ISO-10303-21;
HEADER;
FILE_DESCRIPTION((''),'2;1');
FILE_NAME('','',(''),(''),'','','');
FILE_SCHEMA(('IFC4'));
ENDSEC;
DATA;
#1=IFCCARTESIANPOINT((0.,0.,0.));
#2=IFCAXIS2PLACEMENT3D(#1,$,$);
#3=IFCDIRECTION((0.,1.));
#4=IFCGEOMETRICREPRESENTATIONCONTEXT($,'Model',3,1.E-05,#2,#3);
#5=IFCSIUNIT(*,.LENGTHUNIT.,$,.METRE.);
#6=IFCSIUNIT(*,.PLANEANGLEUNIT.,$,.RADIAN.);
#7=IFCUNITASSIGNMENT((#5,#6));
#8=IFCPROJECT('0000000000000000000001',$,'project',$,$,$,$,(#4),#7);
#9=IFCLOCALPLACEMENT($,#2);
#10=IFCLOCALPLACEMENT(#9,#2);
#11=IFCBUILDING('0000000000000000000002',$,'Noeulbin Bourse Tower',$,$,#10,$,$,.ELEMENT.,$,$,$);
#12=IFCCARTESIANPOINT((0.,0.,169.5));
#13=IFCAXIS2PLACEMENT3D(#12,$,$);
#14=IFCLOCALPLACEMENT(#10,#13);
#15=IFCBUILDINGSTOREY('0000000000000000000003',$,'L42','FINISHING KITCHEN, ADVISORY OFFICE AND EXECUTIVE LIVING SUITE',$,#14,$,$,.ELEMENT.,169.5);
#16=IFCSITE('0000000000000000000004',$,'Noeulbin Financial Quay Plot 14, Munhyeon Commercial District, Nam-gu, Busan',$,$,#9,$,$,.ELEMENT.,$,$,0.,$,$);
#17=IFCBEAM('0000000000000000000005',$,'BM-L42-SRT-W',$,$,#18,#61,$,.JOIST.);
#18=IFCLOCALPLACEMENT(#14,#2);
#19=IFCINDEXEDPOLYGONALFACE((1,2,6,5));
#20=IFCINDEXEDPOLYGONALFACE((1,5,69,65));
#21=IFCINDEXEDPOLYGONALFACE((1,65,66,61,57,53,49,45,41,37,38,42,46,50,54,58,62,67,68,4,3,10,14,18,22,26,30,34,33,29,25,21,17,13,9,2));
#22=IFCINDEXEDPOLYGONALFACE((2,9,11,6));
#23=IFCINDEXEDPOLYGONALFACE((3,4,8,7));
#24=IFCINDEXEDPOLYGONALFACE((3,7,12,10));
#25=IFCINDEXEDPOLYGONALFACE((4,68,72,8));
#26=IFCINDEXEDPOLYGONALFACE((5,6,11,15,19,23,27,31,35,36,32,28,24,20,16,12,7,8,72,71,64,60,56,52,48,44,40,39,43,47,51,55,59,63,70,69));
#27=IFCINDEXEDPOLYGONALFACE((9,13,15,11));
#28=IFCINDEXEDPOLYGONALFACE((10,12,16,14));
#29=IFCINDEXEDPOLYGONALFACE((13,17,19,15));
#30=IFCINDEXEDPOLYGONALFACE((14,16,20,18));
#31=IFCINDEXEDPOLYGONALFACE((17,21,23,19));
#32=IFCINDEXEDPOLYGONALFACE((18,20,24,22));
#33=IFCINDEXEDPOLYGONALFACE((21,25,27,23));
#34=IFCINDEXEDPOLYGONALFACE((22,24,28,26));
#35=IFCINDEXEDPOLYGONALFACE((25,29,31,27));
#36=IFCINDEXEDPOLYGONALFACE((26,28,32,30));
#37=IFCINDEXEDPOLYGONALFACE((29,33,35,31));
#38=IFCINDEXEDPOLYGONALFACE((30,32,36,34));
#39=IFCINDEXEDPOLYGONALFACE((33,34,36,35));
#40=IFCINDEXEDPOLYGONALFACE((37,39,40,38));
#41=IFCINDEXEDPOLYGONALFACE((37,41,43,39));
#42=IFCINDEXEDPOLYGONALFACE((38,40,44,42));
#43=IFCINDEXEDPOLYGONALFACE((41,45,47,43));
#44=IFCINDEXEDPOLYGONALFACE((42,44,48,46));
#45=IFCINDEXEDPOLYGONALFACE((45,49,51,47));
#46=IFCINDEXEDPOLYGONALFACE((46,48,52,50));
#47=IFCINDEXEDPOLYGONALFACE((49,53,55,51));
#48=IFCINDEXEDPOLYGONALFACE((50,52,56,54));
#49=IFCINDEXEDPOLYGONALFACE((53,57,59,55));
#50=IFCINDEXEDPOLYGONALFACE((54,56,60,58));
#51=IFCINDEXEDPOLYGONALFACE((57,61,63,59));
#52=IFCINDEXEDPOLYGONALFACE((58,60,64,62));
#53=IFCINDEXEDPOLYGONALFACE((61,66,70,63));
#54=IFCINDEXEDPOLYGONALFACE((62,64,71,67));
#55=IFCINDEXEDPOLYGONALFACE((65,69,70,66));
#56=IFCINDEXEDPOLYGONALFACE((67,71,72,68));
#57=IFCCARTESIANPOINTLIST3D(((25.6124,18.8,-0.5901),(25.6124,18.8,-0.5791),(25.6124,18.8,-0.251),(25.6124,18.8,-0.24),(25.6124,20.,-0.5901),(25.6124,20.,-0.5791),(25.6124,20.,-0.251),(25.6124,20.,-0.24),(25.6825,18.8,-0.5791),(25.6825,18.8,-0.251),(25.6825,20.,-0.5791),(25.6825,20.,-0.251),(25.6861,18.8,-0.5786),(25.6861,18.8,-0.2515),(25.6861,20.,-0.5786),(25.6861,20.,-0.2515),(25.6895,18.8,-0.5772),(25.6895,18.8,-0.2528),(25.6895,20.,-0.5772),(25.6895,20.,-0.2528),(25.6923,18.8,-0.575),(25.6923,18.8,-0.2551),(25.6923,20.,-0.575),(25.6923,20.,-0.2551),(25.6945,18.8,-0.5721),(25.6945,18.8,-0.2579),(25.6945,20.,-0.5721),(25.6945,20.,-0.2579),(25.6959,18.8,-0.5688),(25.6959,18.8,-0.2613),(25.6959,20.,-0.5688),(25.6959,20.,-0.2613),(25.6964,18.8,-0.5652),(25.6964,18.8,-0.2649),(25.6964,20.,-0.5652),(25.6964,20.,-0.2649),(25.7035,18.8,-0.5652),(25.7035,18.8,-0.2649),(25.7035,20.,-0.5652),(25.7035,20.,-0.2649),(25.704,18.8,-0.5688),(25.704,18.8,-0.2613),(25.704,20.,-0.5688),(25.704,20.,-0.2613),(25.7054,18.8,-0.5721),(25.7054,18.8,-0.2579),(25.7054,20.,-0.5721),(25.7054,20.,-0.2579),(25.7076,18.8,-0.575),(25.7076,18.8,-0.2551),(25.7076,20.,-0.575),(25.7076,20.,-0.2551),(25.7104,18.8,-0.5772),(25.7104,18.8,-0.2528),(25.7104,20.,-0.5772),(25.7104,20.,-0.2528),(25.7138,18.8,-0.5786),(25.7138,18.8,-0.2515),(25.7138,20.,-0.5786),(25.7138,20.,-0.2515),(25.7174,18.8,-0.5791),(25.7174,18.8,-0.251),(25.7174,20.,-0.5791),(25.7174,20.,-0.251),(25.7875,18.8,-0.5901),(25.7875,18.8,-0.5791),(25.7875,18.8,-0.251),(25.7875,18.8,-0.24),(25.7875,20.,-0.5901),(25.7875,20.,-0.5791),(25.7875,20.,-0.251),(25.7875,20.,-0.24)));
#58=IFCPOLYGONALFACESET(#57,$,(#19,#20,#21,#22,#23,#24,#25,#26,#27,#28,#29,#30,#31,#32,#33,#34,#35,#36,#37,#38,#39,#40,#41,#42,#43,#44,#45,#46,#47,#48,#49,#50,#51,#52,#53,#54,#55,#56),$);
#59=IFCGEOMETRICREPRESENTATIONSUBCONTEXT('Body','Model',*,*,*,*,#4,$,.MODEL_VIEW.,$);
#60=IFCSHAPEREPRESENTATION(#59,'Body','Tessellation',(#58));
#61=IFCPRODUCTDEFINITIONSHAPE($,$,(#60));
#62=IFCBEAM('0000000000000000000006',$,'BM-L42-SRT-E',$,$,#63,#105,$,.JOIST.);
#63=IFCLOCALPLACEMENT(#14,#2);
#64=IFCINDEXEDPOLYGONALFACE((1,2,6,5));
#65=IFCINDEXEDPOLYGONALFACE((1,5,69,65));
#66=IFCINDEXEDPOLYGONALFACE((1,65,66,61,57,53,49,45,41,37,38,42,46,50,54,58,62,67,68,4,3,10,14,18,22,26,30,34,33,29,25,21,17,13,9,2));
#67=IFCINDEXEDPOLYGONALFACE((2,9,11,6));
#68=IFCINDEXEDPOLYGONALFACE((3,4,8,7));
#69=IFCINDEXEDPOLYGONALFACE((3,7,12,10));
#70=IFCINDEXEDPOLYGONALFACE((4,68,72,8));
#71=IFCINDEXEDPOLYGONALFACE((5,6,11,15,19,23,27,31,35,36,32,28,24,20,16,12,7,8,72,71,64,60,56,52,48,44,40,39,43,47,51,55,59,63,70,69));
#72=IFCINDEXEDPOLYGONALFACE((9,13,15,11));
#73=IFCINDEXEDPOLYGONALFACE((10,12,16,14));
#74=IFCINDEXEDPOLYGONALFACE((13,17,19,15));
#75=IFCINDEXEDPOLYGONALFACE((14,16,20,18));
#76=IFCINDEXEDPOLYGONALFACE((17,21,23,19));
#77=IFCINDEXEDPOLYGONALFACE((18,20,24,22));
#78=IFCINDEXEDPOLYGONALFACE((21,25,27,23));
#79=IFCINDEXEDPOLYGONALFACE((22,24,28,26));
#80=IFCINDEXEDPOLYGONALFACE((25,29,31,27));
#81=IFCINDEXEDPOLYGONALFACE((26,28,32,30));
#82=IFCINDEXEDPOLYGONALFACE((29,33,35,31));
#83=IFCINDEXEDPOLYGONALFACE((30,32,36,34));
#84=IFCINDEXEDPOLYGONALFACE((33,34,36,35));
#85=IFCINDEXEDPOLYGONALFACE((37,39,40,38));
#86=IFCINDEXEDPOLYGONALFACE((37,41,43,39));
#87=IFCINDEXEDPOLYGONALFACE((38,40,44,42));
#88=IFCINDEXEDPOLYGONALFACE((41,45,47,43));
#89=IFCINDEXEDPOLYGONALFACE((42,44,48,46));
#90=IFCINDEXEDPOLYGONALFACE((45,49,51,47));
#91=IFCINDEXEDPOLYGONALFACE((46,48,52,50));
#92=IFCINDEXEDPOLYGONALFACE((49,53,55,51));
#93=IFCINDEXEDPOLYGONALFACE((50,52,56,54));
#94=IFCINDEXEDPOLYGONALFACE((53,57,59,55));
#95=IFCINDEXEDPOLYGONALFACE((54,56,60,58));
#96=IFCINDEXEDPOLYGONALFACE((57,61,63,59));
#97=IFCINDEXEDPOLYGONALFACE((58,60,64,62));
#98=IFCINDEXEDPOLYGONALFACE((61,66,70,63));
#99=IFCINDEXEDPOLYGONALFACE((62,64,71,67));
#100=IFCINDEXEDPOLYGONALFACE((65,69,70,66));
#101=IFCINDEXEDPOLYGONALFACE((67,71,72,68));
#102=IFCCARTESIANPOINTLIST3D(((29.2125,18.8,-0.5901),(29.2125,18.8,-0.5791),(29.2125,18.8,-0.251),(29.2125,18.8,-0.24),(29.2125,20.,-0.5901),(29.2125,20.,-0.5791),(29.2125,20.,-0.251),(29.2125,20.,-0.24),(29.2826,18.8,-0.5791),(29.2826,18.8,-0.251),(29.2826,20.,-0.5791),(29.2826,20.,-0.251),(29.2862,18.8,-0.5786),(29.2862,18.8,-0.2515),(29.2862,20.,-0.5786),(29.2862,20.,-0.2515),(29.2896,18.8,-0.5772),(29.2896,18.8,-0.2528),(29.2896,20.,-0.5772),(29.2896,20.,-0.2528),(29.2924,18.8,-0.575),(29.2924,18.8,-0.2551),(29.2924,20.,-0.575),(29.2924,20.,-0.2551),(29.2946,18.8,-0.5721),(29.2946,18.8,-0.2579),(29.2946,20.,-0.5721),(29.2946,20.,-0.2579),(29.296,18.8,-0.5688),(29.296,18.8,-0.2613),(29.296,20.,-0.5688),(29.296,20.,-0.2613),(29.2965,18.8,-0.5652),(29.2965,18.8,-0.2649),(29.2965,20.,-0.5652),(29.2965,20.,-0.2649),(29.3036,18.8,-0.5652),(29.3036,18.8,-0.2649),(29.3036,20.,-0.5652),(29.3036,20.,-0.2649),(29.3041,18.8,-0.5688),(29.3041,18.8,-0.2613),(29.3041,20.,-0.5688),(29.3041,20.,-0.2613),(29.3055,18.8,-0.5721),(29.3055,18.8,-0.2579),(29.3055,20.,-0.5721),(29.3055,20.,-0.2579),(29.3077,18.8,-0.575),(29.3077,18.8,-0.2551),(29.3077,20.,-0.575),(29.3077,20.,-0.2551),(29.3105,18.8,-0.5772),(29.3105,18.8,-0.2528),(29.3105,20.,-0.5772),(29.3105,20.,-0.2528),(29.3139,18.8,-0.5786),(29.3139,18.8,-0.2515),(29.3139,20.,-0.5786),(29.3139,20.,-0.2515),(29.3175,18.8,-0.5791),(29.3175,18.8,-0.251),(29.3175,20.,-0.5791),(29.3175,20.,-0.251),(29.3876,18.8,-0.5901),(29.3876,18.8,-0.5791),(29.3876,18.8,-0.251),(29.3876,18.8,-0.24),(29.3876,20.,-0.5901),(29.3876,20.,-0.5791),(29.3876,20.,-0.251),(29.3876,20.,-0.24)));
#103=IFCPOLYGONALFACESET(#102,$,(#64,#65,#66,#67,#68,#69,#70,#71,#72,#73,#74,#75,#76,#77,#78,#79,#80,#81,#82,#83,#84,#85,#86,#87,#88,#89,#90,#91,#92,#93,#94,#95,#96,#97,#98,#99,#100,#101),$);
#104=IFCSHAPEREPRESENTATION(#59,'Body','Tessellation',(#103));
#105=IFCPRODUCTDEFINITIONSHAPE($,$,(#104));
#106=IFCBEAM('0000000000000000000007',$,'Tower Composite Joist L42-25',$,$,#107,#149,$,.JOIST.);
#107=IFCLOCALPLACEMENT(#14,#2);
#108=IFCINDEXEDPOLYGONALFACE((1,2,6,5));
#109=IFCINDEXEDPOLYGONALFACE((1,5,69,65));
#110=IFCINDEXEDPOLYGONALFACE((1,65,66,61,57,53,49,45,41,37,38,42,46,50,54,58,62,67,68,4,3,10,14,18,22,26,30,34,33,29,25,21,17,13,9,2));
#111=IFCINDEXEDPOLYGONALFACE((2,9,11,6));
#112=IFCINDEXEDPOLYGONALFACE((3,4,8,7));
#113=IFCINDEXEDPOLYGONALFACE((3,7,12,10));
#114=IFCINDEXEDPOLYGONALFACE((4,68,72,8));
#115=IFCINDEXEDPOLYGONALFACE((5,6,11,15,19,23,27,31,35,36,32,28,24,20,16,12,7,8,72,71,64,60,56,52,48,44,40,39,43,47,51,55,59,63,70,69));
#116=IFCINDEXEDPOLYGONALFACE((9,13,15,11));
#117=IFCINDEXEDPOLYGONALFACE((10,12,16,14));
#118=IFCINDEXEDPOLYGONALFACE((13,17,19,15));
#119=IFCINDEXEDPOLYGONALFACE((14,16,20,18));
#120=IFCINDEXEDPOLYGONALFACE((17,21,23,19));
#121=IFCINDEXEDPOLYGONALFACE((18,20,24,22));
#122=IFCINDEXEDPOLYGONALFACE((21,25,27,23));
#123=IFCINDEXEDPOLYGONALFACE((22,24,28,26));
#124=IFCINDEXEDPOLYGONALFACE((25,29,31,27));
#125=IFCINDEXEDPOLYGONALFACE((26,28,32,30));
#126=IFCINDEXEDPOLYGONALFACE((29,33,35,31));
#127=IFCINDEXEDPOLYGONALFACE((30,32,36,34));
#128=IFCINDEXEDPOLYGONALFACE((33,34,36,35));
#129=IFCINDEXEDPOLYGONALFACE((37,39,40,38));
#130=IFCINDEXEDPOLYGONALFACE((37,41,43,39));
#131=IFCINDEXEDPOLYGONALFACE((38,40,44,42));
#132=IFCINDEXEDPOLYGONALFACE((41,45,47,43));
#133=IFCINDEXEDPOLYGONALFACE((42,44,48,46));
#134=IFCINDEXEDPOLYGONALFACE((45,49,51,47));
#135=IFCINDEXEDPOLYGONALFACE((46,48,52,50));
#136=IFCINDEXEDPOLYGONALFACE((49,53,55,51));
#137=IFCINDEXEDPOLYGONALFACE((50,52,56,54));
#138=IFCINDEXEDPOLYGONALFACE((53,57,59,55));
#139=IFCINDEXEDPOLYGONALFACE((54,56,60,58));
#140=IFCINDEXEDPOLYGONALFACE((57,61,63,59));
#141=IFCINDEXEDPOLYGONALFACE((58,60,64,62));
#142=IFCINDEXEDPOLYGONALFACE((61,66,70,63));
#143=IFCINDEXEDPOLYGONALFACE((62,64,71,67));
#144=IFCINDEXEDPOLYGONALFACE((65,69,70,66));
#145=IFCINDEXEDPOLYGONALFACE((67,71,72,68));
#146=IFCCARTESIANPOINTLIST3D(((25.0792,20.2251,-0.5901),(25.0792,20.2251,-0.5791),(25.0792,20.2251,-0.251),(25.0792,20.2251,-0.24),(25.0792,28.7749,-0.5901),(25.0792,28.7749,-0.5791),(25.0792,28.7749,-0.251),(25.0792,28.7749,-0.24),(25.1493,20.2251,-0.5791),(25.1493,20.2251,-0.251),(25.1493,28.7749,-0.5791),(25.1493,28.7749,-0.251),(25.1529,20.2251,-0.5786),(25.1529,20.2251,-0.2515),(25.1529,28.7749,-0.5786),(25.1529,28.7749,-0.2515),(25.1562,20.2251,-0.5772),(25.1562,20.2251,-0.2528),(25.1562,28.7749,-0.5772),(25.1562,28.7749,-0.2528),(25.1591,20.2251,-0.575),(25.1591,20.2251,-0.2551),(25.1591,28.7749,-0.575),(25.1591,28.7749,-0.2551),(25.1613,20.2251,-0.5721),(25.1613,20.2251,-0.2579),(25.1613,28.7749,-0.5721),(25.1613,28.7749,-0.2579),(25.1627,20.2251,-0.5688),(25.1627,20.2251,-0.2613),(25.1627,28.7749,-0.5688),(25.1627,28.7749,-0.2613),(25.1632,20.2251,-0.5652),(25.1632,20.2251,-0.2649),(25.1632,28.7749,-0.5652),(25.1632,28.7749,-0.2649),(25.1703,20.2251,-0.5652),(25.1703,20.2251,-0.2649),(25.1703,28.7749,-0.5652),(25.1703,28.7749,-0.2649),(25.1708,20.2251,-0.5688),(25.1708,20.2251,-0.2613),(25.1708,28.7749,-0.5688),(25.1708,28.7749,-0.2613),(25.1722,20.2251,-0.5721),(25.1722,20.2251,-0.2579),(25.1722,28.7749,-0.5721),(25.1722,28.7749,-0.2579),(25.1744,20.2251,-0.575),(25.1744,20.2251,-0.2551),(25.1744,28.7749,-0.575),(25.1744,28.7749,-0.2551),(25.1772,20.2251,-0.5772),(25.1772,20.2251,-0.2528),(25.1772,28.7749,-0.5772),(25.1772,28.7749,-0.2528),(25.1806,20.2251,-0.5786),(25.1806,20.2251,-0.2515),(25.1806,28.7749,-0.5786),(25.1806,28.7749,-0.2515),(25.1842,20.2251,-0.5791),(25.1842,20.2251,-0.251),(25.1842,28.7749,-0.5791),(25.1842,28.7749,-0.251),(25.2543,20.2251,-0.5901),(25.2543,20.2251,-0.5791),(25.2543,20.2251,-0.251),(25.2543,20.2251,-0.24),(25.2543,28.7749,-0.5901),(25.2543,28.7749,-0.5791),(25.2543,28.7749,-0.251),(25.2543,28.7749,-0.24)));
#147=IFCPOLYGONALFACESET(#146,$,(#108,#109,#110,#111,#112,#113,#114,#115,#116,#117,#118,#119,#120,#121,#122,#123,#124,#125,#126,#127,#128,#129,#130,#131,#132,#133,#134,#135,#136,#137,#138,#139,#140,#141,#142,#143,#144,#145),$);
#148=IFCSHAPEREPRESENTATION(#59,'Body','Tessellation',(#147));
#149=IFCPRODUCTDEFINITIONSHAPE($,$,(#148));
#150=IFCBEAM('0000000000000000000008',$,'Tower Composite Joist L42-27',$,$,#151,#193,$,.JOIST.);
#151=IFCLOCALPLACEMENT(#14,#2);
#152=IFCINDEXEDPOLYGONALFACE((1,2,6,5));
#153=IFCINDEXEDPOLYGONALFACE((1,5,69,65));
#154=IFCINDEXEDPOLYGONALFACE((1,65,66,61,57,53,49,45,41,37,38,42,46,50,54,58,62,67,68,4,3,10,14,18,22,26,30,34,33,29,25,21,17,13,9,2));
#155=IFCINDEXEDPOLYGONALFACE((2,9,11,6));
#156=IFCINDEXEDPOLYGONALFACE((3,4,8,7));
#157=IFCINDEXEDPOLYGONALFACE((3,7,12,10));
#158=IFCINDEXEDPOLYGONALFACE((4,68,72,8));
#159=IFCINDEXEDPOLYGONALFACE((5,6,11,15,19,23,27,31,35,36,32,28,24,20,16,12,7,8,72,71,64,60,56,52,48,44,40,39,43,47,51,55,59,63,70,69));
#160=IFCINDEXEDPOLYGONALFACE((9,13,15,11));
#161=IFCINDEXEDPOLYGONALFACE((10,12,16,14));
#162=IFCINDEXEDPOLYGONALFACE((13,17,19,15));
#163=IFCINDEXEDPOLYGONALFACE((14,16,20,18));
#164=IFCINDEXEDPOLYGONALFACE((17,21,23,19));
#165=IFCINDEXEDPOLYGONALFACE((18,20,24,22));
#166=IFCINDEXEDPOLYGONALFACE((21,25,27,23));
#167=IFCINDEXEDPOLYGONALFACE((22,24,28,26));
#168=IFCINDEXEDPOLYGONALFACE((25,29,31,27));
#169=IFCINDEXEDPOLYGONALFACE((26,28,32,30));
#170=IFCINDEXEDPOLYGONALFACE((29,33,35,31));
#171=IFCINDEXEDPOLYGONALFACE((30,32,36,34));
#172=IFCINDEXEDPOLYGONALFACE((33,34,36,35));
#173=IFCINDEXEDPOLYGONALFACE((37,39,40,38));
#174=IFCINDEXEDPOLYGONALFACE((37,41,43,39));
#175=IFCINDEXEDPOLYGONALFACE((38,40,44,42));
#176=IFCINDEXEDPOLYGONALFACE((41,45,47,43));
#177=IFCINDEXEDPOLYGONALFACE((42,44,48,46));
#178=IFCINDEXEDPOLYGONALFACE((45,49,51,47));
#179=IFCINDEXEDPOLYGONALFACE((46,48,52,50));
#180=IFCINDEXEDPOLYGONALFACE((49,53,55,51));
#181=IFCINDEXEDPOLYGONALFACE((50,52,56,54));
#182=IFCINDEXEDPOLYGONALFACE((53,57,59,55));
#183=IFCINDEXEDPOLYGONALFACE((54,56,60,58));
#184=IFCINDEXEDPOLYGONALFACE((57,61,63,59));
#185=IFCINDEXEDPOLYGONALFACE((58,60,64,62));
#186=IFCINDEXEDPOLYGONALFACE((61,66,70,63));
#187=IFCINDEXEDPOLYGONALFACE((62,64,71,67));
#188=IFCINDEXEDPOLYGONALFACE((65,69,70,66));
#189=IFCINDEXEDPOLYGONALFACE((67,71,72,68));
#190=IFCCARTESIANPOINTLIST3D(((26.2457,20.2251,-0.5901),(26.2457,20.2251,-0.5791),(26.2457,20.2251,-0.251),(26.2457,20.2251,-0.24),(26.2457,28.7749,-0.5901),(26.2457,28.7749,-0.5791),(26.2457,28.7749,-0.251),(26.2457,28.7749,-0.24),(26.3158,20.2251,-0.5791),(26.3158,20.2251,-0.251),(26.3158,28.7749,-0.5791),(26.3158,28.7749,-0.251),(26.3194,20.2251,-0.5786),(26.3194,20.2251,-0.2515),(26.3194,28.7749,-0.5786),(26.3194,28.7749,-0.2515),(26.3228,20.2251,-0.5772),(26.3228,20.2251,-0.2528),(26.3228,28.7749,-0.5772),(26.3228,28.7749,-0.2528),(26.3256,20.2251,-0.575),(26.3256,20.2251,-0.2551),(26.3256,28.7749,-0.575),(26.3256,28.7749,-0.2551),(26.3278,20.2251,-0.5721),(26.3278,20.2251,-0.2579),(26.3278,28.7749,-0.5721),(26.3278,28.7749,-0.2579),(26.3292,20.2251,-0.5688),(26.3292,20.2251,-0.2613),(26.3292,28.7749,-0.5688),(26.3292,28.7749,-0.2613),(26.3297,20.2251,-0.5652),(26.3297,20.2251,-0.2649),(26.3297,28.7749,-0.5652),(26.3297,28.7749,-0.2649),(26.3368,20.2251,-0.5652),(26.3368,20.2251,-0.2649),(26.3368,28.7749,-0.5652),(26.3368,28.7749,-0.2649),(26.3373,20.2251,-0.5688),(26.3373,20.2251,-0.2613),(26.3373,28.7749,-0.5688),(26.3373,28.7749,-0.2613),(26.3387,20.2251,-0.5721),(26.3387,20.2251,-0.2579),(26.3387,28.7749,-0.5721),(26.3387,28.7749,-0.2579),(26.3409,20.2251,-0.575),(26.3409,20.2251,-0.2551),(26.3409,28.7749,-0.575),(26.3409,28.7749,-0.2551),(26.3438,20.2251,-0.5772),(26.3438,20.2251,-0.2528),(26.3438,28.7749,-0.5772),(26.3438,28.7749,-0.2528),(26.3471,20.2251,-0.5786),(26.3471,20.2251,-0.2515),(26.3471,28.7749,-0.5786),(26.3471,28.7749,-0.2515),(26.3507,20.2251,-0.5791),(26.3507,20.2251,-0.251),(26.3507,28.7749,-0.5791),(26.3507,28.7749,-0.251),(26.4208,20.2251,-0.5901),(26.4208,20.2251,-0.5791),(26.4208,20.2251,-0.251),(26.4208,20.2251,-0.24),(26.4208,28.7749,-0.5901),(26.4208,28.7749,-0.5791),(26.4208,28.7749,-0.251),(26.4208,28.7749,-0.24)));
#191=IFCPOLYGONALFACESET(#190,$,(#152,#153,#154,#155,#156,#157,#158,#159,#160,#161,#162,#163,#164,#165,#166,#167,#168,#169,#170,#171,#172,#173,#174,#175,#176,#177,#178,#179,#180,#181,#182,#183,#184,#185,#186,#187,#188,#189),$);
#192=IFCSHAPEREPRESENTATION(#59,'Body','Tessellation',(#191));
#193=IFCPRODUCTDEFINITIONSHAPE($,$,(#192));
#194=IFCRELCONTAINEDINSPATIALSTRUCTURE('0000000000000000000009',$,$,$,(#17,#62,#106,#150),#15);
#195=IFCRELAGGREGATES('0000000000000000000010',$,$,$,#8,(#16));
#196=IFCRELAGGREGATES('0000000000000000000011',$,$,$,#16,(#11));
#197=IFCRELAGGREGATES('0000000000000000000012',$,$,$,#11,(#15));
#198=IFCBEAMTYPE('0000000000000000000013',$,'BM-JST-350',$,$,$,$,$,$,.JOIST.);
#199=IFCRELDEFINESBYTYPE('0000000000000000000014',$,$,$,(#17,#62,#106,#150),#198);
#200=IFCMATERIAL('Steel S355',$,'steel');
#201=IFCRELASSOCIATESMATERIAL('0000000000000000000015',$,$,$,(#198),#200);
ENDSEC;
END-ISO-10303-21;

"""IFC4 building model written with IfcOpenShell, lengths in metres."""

from ifc_helpers import new_model, si_unit, direction, frame, origin, origin_2d, place, context, subcontext, project, spatial, i_section, extrude, material, material_profile, profile_set, type_object, element, save


model = new_model("IFC4")

# Units and contexts
model_context = context("Model", 3, precision=1e-05, world=origin(), true_north=direction((0.0, 1.0)))
body_context = subcontext(model_context, "Body", "Model", "MODEL_VIEW")
ifc_project = project(units=[si_unit("LENGTHUNIT", "METRE"), si_unit("PLANEANGLEUNIT", "RADIAN")], contexts=[model_context])

# Site, building, storey
site_placement = place(None, origin())
site = spatial("IfcSite", under=ifc_project, at=site_placement, Name="Noeulbin Financial Quay Plot 14, Munhyeon Commercial District, Nam-gu, Busan", CompositionType="ELEMENT", RefElevation=0.0)
building_placement = place(site_placement, origin())
building = spatial("IfcBuilding", under=site, at=building_placement, Name="Noeulbin Bourse Tower", CompositionType="ELEMENT")
storey_placement = place(building_placement, frame((0.0, 0.0, 169.5)))
storey = spatial("IfcBuildingStorey", under=building, at=storey_placement, Name="L42", Description="FINISHING KITCHEN, ADVISORY OFFICE AND EXECUTIVE LIVING SUITE", CompositionType="ELEMENT", Elevation=169.5)

# Beams
ifc_material_1 = material(Name="Steel S355", Category="steel")
ifc_material_profile_1 = material_profile(ifc_material_1, i_section(OverallWidth=0.175, OverallDepth=0.3501, WebThickness=0.0071, FlangeThickness=0.011, FilletRadius=0.0139, at=origin_2d()), Name="H-350x175x7x11", Category="LoadBearing")
ifc_profile_set_1 = profile_set([ifc_material_profile_1], Name="Steel S355")
beam_type = type_object("IfcBeamType", Name="BM-JST-350", PredefinedType="JOIST", material=ifc_profile_set_1)
for number, where, z_axis, x_axis, name in (
    (1, (25.7, 18.8, -0.415), (0.0, 1.0, 0.0), (-1.0, 0.0, 0.0), "BM-L42-SRT-W"),
    (2, (29.3, 18.8, -0.415), (0.0, 1.0, 0.0), (-1.0, 0.0, 0.0), "BM-L42-SRT-E"),
):
    element("IfcBeam", number, at=place(storey_placement, frame(where, z_axis=z_axis, x_axis=x_axis)), inside=storey, type_object=beam_type, Name=name, PredefinedType="JOIST", context=body_context, shape_type="SweptSolid", body=[
        extrude(i_section(OverallWidth=0.175, OverallDepth=0.3501, WebThickness=0.0071, FlangeThickness=0.011, FilletRadius=0.0139, at=origin_2d()), origin(), (0.0, 0.0, 1.0), 1.2),
    ])
for number, where, z_axis, x_axis, name in (
    (3, (25.1667, 20.2251, -0.415), (0.0, 1.0, 0.0), (-1.0, 0.0, 0.0), "Tower Composite Joist L42-25"),
    (4, (26.3333, 20.2251, -0.415), (0.0, 1.0, 0.0), (-1.0, 0.0, 0.0), "Tower Composite Joist L42-27"),
):
    element("IfcBeam", number, at=place(storey_placement, frame(where, z_axis=z_axis, x_axis=x_axis)), inside=storey, type_object=beam_type, Name=name, PredefinedType="JOIST", context=body_context, shape_type="SweptSolid", body=[
        extrude(i_section(OverallWidth=0.175, OverallDepth=0.3501, WebThickness=0.0071, FlangeThickness=0.011, FilletRadius=0.0139, at=origin_2d()), origin(), (0.0, 0.0, 1.0), 8.5498),
    ])

save(model, "model.ifc")
